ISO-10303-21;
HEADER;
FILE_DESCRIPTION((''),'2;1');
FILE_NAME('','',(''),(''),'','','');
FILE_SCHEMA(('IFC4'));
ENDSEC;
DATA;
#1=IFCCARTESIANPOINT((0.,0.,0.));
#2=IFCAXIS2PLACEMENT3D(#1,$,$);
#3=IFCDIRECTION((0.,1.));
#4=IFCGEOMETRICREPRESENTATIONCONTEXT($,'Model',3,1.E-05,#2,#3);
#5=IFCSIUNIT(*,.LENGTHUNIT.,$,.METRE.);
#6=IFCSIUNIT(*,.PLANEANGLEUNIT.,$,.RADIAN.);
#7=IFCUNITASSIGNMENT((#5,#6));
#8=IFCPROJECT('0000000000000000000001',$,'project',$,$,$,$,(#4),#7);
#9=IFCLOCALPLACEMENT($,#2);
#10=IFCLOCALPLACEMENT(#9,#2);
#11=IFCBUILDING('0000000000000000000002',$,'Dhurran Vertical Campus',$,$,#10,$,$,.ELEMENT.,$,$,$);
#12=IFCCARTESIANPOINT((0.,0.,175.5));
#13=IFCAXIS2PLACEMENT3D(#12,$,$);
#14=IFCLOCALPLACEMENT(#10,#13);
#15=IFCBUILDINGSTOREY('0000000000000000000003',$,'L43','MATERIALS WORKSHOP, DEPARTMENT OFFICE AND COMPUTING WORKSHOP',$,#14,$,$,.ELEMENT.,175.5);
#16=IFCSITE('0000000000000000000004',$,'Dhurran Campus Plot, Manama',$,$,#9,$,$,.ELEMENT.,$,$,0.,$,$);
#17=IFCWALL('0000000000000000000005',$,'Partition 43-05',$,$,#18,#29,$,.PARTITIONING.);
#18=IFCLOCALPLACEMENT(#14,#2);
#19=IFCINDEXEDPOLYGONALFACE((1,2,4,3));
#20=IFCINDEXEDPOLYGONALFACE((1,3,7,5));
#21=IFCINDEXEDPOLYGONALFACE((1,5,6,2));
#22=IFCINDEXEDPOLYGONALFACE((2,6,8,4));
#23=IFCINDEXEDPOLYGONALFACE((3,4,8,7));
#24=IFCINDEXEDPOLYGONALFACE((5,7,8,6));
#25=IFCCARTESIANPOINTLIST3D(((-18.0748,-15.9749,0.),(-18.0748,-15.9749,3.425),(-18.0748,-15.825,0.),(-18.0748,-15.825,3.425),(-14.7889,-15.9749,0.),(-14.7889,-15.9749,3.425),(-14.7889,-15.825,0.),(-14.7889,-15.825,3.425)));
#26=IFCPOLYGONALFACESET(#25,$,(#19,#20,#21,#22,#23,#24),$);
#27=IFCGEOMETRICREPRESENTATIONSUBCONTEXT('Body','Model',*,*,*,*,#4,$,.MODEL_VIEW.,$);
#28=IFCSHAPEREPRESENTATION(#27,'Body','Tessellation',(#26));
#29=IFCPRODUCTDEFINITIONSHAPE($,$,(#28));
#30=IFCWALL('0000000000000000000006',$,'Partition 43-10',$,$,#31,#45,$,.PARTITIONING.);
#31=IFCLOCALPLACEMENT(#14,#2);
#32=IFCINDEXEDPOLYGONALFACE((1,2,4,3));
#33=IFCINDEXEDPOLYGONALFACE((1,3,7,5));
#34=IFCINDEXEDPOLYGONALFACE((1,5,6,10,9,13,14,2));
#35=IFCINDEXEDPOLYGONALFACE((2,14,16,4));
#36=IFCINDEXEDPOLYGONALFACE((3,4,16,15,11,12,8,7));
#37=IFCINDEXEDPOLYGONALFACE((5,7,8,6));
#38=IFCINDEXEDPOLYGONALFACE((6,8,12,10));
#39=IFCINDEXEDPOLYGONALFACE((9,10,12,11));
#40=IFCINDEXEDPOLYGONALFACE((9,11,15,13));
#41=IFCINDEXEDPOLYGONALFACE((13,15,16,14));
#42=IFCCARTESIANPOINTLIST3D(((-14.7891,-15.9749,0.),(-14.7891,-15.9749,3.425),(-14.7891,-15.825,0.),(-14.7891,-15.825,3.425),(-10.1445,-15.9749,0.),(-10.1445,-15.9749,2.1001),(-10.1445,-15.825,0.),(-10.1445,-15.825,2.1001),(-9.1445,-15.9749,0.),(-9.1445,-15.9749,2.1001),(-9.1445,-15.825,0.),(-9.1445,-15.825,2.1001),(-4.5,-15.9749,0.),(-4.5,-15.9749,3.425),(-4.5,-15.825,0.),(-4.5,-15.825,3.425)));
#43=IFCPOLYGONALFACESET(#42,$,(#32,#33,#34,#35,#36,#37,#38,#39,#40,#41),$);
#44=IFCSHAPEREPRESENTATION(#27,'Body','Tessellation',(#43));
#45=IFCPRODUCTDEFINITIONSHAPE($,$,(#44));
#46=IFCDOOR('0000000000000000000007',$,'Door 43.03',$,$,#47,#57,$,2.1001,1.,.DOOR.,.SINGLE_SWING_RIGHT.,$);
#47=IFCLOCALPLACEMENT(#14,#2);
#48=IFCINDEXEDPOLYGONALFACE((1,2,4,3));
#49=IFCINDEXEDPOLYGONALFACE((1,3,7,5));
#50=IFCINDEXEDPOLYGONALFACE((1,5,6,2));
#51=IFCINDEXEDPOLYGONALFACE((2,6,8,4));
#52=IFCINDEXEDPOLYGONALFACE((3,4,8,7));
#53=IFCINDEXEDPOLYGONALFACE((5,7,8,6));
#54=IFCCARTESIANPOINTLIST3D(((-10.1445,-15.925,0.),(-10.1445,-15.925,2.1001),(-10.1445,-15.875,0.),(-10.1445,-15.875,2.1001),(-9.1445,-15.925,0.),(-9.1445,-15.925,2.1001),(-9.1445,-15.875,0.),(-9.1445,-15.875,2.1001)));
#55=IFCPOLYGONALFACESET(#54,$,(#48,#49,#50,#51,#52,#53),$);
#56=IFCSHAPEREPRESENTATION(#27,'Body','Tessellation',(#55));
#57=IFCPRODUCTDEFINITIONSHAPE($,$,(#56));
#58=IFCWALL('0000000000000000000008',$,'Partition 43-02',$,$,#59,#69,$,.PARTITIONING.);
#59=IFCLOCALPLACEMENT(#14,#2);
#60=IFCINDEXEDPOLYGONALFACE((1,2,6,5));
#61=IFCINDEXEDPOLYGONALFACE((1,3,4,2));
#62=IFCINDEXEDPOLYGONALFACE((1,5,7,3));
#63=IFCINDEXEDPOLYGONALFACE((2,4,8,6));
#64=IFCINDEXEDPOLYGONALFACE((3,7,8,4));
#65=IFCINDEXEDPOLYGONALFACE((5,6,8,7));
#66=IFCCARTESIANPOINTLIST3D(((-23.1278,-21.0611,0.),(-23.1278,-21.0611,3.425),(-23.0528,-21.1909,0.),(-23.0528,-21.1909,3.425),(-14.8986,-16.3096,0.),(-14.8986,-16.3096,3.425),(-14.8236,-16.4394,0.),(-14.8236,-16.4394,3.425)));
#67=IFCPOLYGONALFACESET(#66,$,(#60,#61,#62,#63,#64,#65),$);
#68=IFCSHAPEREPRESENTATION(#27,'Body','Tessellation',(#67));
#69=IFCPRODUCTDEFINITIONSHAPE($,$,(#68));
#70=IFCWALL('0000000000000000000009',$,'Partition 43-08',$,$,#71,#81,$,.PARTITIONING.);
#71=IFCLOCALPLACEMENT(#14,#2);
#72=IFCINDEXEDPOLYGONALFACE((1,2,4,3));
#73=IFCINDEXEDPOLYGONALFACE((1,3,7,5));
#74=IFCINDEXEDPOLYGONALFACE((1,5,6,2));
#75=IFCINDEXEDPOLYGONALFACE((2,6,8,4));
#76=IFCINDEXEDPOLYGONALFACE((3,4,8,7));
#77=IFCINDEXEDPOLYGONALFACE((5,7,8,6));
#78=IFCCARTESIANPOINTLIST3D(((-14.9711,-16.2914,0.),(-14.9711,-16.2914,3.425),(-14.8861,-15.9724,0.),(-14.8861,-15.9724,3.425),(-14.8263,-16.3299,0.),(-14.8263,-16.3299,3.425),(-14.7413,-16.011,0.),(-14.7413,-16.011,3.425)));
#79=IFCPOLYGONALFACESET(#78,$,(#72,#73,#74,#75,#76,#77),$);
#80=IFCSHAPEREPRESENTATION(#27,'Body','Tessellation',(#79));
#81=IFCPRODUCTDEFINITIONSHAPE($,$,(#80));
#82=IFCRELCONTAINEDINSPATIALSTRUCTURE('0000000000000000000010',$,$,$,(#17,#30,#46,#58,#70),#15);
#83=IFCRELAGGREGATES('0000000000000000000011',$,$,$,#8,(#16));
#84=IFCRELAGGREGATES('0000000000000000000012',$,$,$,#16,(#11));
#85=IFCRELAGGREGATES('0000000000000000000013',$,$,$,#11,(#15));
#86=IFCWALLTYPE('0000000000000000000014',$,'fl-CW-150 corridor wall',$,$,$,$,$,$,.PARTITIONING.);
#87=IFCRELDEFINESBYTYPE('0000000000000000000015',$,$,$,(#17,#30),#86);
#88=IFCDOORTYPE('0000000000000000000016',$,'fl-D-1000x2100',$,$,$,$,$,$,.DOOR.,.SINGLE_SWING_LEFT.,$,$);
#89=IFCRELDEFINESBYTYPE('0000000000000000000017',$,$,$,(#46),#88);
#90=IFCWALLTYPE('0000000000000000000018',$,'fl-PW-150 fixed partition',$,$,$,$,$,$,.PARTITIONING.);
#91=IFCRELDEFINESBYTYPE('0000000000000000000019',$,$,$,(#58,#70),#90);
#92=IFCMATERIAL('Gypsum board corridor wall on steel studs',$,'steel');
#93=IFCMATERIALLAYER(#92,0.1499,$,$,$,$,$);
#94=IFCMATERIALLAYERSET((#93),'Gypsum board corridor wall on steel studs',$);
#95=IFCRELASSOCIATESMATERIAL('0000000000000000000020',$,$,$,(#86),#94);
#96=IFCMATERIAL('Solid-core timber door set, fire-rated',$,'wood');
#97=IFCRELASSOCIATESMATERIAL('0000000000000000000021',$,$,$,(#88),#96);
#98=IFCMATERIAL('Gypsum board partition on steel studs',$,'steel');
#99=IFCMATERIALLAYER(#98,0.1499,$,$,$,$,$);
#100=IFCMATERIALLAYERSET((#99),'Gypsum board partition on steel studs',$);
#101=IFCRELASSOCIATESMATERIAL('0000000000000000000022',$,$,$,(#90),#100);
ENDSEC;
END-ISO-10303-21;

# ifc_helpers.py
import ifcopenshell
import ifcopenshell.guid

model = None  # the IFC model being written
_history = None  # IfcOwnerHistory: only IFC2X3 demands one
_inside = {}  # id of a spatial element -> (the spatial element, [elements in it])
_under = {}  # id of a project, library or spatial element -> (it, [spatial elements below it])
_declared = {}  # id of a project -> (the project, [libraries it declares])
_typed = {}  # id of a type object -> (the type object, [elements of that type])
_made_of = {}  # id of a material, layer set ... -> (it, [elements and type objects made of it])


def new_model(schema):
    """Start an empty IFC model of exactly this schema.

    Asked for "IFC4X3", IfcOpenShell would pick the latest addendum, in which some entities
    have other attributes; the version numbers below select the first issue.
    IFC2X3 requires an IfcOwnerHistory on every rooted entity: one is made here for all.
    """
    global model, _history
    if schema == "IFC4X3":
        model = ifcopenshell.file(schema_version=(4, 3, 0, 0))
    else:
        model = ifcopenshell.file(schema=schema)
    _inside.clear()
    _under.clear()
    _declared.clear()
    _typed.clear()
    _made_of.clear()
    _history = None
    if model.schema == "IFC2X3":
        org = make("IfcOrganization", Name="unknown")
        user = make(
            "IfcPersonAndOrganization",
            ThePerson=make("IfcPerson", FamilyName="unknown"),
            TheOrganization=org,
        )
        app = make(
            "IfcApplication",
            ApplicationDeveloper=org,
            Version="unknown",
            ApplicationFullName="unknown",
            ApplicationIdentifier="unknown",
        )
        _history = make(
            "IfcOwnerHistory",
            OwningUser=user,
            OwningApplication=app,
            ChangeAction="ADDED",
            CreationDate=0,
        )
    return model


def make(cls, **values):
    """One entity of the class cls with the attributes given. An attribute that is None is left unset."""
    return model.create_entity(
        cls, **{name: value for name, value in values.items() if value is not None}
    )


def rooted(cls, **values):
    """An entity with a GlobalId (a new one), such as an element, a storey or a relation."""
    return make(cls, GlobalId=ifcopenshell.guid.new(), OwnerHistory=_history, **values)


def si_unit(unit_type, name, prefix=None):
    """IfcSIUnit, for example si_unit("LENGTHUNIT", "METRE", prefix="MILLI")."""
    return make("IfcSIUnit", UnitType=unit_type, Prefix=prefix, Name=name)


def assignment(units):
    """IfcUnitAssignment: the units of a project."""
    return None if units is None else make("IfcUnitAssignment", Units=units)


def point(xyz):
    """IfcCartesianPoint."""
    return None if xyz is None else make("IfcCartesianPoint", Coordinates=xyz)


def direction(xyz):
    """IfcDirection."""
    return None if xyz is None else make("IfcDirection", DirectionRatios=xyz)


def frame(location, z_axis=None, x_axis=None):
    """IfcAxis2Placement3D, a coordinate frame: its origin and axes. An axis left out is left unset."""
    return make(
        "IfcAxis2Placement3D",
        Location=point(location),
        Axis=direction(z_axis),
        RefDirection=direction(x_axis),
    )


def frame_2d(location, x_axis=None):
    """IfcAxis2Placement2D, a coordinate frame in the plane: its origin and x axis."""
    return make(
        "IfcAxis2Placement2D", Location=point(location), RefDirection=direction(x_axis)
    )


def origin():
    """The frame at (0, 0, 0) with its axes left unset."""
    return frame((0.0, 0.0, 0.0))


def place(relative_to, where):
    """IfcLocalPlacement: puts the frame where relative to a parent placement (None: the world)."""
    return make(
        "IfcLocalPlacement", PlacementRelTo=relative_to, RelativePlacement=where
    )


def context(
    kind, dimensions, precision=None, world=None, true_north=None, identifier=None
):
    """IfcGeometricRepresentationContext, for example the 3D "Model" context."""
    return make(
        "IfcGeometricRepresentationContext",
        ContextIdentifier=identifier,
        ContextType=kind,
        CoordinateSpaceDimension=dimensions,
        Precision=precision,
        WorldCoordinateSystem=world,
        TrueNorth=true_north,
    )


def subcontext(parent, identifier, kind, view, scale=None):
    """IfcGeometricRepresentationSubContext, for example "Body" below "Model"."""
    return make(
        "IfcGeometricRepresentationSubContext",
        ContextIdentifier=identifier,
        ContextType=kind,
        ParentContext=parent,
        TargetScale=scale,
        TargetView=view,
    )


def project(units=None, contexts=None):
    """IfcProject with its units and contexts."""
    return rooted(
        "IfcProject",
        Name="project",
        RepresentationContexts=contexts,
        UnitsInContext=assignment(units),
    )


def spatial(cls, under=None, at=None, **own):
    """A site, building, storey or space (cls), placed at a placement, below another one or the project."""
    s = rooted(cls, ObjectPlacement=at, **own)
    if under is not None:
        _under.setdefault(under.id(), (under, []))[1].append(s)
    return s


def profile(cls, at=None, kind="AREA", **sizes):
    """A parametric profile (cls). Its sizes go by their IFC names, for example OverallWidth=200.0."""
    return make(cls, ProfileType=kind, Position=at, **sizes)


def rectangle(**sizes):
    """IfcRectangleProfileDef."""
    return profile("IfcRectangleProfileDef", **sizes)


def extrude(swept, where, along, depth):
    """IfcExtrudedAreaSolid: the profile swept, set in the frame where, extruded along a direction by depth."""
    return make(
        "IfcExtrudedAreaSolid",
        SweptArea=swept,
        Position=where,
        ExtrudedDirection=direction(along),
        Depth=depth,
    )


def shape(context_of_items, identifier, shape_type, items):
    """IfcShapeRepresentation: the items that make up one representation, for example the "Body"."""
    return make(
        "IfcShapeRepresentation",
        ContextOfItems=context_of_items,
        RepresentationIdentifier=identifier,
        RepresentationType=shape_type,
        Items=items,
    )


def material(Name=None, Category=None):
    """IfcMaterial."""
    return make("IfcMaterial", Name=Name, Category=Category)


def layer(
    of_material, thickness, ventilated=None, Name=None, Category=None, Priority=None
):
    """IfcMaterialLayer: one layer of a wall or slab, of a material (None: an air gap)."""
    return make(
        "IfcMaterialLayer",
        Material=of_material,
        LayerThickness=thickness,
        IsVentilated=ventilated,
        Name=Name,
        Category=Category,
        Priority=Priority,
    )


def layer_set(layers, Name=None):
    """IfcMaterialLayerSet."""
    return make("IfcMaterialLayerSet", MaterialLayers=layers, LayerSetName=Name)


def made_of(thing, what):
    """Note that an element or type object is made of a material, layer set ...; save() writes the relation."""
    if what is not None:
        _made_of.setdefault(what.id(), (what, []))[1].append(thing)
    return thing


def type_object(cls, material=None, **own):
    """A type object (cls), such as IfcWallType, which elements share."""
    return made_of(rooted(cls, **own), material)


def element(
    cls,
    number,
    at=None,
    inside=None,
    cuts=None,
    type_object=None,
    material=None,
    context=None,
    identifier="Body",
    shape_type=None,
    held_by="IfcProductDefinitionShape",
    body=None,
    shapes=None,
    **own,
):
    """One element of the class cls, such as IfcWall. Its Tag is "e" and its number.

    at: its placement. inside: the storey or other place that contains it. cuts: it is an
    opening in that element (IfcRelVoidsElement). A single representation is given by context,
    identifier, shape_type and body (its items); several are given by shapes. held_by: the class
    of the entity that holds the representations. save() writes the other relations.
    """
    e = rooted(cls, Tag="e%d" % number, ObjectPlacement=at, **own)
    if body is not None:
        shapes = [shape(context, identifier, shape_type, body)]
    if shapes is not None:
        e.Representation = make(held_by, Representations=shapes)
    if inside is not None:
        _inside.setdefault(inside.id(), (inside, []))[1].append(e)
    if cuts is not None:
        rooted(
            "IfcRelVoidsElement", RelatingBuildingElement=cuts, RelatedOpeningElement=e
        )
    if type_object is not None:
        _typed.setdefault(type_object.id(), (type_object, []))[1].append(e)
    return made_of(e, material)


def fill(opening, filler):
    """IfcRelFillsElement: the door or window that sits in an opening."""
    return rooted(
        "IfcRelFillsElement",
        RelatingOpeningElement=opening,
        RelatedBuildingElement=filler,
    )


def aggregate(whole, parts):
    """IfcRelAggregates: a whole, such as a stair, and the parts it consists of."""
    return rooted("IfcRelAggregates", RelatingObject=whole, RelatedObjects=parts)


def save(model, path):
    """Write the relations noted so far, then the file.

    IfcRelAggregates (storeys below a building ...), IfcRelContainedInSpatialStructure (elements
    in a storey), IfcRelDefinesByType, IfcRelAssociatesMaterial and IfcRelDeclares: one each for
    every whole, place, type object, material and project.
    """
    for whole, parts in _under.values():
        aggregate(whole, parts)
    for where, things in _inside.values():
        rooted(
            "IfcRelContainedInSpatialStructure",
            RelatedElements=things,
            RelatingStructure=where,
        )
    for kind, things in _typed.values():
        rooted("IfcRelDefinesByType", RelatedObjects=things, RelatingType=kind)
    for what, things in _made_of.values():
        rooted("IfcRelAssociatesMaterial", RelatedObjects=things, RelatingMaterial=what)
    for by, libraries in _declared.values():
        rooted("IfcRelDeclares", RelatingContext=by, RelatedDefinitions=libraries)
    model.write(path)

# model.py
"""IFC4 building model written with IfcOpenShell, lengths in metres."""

from ifc_helpers import new_model, si_unit, direction, frame, frame_2d, origin, place, context, subcontext, project, spatial, rectangle, extrude, material, layer, layer_set, type_object, element, fill, save


model = new_model("IFC4")

# Units and contexts
model_context = context("Model", 3, precision=1e-05, world=origin(), true_north=direction((0.0, 1.0)))
body_context = subcontext(model_context, "Body", "Model", "MODEL_VIEW")
ifc_project = project(units=[si_unit("LENGTHUNIT", "METRE"), si_unit("PLANEANGLEUNIT", "RADIAN")], contexts=[model_context])

# Site, building, storey
site_placement = place(None, origin())
site = spatial("IfcSite", under=ifc_project, at=site_placement, Name="Dhurran Campus Plot, Manama", CompositionType="ELEMENT", RefElevation=0.0)
building_placement = place(site_placement, origin())
building = spatial("IfcBuilding", under=site, at=building_placement, Name="Dhurran Vertical Campus", CompositionType="ELEMENT")
storey_placement = place(building_placement, frame((0.0, 0.0, 175.5)))
storey = spatial("IfcBuildingStorey", under=building, at=storey_placement, Name="L43", Description="MATERIALS WORKSHOP, DEPARTMENT OFFICE AND COMPUTING WORKSHOP", CompositionType="ELEMENT", Elevation=175.5)

# Wall
ifc_material_1 = material(Name="Gypsum board corridor wall on steel studs", Category="steel")
ifc_layer_1 = layer(ifc_material_1, 0.1499)
ifc_layer_set_1 = layer_set([ifc_layer_1], Name="Gypsum board corridor wall on steel studs")
wall_type_1 = type_object("IfcWallType", Name="fl-CW-150 corridor wall", PredefinedType="PARTITIONING", material=ifc_layer_set_1)
wall_1_placement = place(storey_placement, frame((-18.075, -15.8999, 0.0), z_axis=(0.0, 0.0, 1.0), x_axis=(1.0, 0.0, 0.0)))
element("IfcWall", 1, at=wall_1_placement, inside=storey, type_object=wall_type_1, Name="Partition 43-05", PredefinedType="PARTITIONING", context=body_context, shape_type="SweptSolid", body=[
    extrude(rectangle(XDim=3.2859, YDim=0.1499, at=frame_2d((1.6431, 0.0))), origin(), (0.0, 0.0, 1.0), 3.425),
])

# Wall, opening, door
wall_2_placement = place(storey_placement, frame((-14.7891, -15.8999, 0.0), z_axis=(0.0, 0.0, 1.0), x_axis=(1.0, 0.0, 0.0)))
wall_2 = element("IfcWall", 2, at=wall_2_placement, inside=storey, type_object=wall_type_1, Name="Partition 43-10", PredefinedType="PARTITIONING", context=body_context, shape_type="SweptSolid", body=[
    extrude(rectangle(XDim=10.2891, YDim=0.1499, at=frame_2d((5.1445, 0.0))), origin(), (0.0, 0.0, 1.0), 3.425),
])
opening_1_placement = place(wall_2_placement, frame((4.6445, 0.0, 0.0)))
opening_1 = element("IfcOpeningElement", 3, at=opening_1_placement, cuts=wall_2, PredefinedType="OPENING", context=body_context, shape_type="SweptSolid", body=[
    extrude(rectangle(XDim=1.0, YDim=2.1001, at=frame_2d((0.5, 1.05))), frame((0.0, 0.085, 0.0), z_axis=(0.0, -1.0, 0.0), x_axis=(1.0, 0.0, 0.0)), (0.0, 0.0, 1.0), 0.1699),
])
ifc_material_2 = material(Name="Solid-core timber door set, fire-rated", Category="wood")
door_type_1 = type_object("IfcDoorType", Name="fl-D-1000x2100", OperationType="SINGLE_SWING_LEFT", PredefinedType="DOOR", material=ifc_material_2)
door_1_placement = place(opening_1_placement, origin())
door_1 = element("IfcDoor", 4, at=door_1_placement, inside=storey, type_object=door_type_1, Name="Door 43.03", OperationType="SINGLE_SWING_RIGHT", OverallHeight=2.1001, OverallWidth=1.0, PredefinedType="DOOR", context=body_context, shape_type="SweptSolid", body=[
    extrude(rectangle(XDim=1.0, YDim=2.1001, at=frame_2d((0.5, 1.05))), frame((0.0, 0.0249, 0.0), z_axis=(0.0, -1.0, 0.0), x_axis=(1.0, 0.0, 0.0)), (0.0, 0.0, 1.0), 0.05),
])
fill(opening_1, door_1)

# Walls
ifc_material_3 = material(Name="Gypsum board partition on steel studs", Category="steel")
ifc_layer_2 = layer(ifc_material_3, 0.1499)
ifc_layer_set_2 = layer_set([ifc_layer_2], Name="Gypsum board partition on steel studs")
wall_type_2 = type_object("IfcWallType", Name="fl-PW-150 fixed partition", PredefinedType="PARTITIONING", material=ifc_layer_set_2)
wall_3_placement = place(storey_placement, frame((-14.8611, -16.3745, 0.0), z_axis=(0.0, 0.0, 1.0), x_axis=(-0.866011, -0.500024, 0.0)))
element("IfcWall", 5, at=wall_3_placement, inside=storey, type_object=wall_type_2, Name="Partition 43-02", PredefinedType="PARTITIONING", context=body_context, shape_type="SweptSolid", body=[
    extrude(rectangle(XDim=9.5024, YDim=0.1499, at=frame_2d((4.7512, 0.0))), origin(), (0.0, 0.0, 1.0), 3.425),
])
wall_4_placement = place(storey_placement, frame((-14.8137, -15.9917, 0.0), z_axis=(0.0, 0.0, 1.0), x_axis=(-0.257478, -0.966284, 0.0)))
element("IfcWall", 6, at=wall_4_placement, inside=storey, type_object=wall_type_2, Name="Partition 43-08", PredefinedType="PARTITIONING", context=body_context, shape_type="SweptSolid", body=[
    extrude(rectangle(XDim=0.3301, YDim=0.1499, at=frame_2d((0.165, 0.0))), origin(), (0.0, 0.0, 1.0), 3.425),
])

save(model, "model.ifc")
